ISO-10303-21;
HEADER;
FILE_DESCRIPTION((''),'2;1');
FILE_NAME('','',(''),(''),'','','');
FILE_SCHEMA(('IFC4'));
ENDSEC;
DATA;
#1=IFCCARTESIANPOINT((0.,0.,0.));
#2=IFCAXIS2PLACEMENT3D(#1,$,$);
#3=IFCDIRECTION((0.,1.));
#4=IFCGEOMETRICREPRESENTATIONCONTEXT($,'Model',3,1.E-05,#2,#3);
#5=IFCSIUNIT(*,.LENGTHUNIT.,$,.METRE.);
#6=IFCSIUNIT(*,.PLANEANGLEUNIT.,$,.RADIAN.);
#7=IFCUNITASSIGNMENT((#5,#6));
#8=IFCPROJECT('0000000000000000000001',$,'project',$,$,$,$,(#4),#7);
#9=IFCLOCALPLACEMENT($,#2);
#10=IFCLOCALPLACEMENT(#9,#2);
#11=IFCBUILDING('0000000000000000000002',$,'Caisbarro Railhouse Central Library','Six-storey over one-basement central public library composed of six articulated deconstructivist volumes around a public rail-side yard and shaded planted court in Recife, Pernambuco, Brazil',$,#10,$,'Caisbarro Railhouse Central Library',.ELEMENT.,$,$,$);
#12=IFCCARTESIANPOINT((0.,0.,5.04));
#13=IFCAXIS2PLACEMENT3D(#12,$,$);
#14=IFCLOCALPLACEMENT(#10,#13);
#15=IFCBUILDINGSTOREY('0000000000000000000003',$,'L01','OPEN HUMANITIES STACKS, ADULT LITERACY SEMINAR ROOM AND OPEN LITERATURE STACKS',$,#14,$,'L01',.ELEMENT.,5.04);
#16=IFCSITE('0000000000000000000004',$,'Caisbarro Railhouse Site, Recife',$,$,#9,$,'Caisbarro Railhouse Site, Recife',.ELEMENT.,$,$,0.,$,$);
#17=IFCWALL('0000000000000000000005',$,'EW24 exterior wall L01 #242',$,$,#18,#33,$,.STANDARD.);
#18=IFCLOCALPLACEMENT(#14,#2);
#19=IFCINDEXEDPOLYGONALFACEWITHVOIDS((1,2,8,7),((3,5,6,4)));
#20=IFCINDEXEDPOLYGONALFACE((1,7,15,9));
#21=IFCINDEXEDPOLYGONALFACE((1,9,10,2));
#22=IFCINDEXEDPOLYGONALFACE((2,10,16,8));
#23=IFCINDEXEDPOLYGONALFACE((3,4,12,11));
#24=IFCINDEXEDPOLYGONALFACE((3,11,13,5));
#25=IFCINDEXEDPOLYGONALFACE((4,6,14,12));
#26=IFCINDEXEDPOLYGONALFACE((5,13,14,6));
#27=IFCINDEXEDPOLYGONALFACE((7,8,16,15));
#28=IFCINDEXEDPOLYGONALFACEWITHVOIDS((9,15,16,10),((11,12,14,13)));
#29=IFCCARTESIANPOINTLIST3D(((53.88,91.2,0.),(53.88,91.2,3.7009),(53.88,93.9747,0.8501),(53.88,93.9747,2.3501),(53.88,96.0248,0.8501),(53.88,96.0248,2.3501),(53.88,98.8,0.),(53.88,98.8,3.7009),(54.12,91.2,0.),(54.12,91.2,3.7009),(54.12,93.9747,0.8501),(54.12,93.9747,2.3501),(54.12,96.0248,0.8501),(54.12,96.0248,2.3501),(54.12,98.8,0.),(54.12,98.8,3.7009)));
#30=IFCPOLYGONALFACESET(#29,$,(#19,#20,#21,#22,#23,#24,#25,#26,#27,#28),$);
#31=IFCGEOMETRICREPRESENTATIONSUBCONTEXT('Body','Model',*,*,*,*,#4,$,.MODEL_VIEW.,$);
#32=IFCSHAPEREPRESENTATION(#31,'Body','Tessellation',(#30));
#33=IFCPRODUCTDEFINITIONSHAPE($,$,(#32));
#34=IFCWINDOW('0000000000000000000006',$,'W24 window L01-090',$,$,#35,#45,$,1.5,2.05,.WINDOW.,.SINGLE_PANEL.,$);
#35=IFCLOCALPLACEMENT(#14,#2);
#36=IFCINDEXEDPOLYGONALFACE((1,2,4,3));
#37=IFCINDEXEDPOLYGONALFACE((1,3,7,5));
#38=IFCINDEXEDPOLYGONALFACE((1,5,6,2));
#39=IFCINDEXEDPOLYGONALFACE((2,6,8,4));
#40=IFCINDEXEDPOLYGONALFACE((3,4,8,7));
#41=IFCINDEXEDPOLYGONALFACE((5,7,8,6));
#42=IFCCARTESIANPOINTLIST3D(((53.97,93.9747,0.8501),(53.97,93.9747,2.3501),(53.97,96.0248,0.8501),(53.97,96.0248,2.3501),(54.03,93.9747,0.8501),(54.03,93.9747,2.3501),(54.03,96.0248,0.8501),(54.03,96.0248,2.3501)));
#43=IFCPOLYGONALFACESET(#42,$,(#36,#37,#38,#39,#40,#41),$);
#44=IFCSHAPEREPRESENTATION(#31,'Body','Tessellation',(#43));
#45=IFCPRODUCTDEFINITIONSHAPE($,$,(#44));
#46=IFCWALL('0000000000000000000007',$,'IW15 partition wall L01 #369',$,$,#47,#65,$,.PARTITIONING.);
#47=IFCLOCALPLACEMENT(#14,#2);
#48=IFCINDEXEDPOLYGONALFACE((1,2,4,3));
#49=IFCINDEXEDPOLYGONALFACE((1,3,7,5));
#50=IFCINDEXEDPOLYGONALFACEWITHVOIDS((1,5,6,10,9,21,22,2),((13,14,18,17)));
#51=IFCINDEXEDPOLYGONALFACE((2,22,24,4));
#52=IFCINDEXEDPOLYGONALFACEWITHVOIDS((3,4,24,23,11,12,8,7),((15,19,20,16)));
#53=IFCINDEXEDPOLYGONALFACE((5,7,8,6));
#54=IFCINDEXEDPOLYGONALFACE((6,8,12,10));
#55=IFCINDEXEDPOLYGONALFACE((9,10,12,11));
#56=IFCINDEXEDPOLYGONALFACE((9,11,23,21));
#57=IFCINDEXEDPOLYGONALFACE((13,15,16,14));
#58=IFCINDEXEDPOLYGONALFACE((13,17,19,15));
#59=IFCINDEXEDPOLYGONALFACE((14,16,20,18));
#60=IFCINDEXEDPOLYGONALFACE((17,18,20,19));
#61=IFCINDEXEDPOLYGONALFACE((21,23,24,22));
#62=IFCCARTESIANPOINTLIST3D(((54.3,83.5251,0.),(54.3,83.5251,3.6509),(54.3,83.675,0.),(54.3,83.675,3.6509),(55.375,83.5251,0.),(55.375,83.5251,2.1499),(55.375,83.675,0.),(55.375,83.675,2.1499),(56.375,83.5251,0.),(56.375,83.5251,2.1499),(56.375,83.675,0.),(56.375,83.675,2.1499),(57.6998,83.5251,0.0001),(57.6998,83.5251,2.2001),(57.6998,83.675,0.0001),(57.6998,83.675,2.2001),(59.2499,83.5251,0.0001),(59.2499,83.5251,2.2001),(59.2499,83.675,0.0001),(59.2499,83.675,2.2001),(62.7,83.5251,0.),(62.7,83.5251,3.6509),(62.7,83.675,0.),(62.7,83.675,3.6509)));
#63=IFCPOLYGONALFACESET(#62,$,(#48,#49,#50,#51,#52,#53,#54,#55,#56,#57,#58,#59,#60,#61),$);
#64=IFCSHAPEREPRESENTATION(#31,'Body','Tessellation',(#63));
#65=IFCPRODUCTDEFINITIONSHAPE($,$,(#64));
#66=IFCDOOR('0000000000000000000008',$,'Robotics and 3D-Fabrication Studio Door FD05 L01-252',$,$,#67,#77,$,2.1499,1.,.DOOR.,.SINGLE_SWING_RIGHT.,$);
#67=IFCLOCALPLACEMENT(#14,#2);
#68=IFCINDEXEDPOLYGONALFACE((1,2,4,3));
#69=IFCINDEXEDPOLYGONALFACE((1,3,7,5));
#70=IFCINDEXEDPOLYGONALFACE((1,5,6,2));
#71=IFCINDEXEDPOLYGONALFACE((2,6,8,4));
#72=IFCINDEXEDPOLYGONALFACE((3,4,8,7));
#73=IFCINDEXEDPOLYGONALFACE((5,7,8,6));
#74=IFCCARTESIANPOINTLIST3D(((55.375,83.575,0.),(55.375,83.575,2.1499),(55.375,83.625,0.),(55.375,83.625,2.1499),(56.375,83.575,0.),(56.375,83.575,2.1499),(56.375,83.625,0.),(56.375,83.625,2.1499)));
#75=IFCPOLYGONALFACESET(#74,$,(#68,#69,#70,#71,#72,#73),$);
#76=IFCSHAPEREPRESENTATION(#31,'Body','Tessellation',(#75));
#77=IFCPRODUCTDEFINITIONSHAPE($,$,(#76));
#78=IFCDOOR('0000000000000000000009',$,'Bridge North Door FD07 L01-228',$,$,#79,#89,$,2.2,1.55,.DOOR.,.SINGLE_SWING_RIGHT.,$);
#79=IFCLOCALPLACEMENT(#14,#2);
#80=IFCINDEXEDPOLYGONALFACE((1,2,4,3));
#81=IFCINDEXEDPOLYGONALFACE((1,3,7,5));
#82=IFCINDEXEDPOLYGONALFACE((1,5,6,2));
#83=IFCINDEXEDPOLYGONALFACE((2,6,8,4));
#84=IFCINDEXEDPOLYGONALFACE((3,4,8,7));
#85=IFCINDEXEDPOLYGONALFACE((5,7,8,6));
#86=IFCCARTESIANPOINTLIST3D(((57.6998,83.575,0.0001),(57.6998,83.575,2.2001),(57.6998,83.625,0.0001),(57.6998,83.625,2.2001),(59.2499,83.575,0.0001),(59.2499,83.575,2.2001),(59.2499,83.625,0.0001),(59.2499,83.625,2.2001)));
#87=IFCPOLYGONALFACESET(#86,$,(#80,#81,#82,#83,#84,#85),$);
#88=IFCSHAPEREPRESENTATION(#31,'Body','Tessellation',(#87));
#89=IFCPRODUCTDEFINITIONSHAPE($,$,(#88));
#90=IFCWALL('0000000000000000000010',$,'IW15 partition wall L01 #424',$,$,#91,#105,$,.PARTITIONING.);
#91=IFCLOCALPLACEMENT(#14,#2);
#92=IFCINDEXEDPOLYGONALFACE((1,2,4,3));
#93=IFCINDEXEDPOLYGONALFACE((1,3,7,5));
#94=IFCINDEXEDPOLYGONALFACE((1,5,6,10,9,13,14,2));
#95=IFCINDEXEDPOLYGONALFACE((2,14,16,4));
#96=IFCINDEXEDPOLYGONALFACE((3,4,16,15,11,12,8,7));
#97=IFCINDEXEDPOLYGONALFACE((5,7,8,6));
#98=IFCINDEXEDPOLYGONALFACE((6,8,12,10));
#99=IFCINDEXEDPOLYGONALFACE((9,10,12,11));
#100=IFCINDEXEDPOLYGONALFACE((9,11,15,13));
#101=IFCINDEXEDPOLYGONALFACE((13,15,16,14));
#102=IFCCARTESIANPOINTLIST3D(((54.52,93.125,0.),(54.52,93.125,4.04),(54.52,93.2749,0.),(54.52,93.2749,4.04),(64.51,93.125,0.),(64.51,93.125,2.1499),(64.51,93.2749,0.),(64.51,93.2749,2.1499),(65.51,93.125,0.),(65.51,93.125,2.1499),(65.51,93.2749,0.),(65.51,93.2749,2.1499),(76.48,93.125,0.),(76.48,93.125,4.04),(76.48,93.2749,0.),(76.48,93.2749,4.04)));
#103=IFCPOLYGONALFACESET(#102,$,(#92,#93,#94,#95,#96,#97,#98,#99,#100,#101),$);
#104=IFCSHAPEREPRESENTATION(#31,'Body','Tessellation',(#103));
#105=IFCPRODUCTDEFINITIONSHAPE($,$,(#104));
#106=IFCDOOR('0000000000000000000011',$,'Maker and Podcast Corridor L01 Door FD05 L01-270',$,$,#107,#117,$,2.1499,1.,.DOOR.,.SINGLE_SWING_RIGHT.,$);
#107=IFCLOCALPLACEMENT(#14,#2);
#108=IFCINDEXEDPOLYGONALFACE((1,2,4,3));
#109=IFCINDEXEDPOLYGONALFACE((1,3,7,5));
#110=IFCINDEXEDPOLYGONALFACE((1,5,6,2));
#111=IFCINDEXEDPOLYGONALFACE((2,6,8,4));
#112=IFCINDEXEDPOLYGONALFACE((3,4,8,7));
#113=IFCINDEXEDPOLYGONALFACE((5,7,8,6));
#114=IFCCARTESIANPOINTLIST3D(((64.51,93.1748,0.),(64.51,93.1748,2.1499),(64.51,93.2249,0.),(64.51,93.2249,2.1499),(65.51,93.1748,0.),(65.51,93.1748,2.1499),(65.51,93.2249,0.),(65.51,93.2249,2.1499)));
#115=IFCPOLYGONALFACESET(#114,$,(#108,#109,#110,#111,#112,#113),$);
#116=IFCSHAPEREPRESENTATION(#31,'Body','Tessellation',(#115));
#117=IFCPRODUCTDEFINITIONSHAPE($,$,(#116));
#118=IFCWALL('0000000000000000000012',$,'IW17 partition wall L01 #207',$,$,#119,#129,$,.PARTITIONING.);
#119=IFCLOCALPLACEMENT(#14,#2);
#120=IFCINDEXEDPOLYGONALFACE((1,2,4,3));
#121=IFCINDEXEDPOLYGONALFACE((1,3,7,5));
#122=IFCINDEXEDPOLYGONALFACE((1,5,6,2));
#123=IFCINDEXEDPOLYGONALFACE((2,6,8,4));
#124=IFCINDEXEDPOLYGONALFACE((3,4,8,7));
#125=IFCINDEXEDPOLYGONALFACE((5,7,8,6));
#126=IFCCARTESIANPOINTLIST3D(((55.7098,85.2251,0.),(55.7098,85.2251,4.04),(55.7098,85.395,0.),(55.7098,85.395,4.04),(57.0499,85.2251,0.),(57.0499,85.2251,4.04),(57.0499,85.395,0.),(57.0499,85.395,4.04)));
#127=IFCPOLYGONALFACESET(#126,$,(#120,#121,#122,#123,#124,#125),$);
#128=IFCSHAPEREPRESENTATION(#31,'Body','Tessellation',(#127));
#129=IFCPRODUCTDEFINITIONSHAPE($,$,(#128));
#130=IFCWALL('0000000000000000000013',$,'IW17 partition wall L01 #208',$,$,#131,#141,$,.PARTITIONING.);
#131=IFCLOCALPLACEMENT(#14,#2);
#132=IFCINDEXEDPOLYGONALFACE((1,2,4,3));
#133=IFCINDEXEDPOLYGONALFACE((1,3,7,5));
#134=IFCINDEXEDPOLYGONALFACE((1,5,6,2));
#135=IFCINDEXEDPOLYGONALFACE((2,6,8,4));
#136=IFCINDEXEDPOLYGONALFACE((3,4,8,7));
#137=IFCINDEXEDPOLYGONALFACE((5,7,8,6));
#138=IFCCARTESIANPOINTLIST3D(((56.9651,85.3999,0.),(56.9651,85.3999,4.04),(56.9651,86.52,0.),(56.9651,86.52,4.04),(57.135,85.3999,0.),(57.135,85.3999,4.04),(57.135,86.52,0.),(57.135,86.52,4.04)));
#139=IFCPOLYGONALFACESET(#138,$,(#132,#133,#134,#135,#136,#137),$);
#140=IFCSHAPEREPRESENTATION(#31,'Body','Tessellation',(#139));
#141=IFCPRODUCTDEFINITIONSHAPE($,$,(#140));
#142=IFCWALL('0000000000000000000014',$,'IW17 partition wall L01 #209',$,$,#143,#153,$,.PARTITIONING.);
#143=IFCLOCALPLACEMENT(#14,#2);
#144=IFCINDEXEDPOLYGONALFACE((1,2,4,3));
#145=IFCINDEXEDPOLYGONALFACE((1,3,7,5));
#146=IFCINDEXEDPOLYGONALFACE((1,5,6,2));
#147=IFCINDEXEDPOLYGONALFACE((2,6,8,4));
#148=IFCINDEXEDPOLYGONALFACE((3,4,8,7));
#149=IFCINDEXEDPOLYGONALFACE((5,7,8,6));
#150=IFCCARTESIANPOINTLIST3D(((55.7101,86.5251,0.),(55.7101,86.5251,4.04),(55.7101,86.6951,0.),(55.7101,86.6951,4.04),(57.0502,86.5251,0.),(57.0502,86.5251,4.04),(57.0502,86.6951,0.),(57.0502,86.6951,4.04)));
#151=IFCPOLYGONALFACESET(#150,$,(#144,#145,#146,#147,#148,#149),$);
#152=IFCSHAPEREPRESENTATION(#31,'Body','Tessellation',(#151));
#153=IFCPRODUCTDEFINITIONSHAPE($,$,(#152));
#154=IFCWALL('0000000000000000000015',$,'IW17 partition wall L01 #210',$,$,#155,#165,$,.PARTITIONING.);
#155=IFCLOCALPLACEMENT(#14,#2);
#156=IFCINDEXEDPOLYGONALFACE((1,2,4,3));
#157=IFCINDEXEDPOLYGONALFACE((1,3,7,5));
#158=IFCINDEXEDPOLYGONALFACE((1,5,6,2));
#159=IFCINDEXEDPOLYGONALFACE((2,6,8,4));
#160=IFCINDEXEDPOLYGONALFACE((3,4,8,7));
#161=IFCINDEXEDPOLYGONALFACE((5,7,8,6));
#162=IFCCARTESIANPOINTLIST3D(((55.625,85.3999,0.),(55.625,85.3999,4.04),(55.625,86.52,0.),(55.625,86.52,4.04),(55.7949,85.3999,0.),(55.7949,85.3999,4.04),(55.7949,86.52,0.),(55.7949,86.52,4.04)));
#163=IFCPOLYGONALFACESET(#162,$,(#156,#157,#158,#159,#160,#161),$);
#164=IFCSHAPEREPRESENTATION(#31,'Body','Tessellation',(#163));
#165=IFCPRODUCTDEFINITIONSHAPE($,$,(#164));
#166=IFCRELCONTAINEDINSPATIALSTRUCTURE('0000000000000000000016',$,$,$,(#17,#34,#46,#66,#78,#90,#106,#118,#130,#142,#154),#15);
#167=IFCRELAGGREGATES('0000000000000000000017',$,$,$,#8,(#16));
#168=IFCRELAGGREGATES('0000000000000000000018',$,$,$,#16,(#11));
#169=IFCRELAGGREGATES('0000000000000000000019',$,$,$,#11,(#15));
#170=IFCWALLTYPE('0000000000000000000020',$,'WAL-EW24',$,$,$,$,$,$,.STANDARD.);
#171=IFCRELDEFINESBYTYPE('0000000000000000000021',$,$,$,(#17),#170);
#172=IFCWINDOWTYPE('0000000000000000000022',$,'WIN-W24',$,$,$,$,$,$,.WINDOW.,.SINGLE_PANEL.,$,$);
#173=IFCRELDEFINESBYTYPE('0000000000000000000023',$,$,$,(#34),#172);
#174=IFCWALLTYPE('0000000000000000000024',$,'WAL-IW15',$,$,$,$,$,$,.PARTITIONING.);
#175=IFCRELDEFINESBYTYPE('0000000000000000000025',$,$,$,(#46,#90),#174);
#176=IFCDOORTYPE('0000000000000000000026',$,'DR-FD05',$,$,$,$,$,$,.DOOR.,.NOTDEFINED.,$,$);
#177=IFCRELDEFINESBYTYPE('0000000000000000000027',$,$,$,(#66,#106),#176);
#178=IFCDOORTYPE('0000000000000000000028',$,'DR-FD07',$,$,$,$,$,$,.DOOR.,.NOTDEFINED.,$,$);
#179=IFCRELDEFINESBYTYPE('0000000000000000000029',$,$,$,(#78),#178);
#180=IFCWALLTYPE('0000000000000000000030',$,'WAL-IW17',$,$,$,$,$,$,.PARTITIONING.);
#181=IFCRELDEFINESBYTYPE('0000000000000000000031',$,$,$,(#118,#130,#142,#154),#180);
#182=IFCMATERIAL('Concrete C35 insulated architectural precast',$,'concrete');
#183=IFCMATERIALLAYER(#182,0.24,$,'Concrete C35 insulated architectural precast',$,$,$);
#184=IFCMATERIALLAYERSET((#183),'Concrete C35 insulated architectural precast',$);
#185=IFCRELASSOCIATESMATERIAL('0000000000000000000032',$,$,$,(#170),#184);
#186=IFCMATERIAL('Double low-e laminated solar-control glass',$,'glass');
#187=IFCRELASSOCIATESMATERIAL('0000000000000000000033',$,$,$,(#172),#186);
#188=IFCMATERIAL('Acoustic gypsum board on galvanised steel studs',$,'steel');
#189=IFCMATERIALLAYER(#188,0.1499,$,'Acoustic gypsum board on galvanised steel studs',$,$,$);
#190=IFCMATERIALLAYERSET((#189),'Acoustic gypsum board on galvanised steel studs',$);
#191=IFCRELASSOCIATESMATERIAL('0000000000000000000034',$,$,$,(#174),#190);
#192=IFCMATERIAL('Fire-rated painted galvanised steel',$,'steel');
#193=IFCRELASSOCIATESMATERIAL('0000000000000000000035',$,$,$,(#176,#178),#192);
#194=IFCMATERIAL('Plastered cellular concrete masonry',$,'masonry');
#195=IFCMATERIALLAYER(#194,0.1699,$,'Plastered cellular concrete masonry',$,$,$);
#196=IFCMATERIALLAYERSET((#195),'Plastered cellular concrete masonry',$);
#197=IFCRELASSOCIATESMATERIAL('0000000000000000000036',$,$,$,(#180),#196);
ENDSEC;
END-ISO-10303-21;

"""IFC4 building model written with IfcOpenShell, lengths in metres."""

from ifc_helpers import new_model, si_unit, direction, frame, frame_2d, origin, place, context, subcontext, project, spatial, rectangle, extrude, material, layer, layer_set, type_object, element, fill, save


model = new_model("IFC4")

# Units and contexts
model_context = context("Model", 3, precision=1e-05, world=origin(), true_north=direction((0.0, 1.0)))
body_context = subcontext(model_context, "Body", "Model", "MODEL_VIEW")
ifc_project = project(units=[si_unit("LENGTHUNIT", "METRE"), si_unit("PLANEANGLEUNIT", "RADIAN")], contexts=[model_context])

# Site, building, storey
site_placement = place(None, origin())
site = spatial("IfcSite", under=ifc_project, at=site_placement, Name="Caisbarro Railhouse Site, Recife", LongName="Caisbarro Railhouse Site, Recife", CompositionType="ELEMENT", RefElevation=0.0)
building_placement = place(site_placement, origin())
building = spatial("IfcBuilding", under=site, at=building_placement, Name="Caisbarro Railhouse Central Library", Description="Six-storey over one-basement central public library composed of six articulated deconstructivist volumes around a public rail-side yard and shaded planted court in Recife, Pernambuco, Brazil", LongName="Caisbarro Railhouse Central Library", CompositionType="ELEMENT")
storey_placement = place(building_placement, frame((0.0, 0.0, 5.04)))
storey = spatial("IfcBuildingStorey", under=building, at=storey_placement, Name="L01", Description="OPEN HUMANITIES STACKS, ADULT LITERACY SEMINAR ROOM AND OPEN LITERATURE STACKS", LongName="L01", CompositionType="ELEMENT", Elevation=5.04)

# Wall, opening, window
ifc_material_1 = material(Name="Concrete C35 insulated architectural precast", Category="concrete")
ifc_layer_1 = layer(ifc_material_1, 0.24, Name="Concrete C35 insulated architectural precast")
ifc_layer_set_1 = layer_set([ifc_layer_1], Name="Concrete C35 insulated architectural precast")
wall_type_1 = type_object("IfcWallType", Name="WAL-EW24", PredefinedType="STANDARD", material=ifc_layer_set_1)
wall_1_placement = place(storey_placement, frame((54.0, 91.2, 0.0), z_axis=(0.0, 0.0, 1.0), x_axis=(0.0, 1.0, 0.0)))
wall_1 = element("IfcWall", 1, at=wall_1_placement, inside=storey, type_object=wall_type_1, Name="EW24 exterior wall L01 #242", PredefinedType="STANDARD", context=body_context, shape_type="SweptSolid", body=[
    extrude(rectangle(XDim=7.6001, YDim=0.24, at=frame_2d((3.8, 0.0))), origin(), (0.0, 0.0, 1.0), 3.7009),
])
opening_1_placement = place(wall_1_placement, frame((2.7749, 0.0, 0.8501)))
opening_1 = element("IfcOpeningElement", 2, at=opening_1_placement, cuts=wall_1, PredefinedType="OPENING", context=body_context, shape_type="SweptSolid", body=[
    extrude(rectangle(XDim=2.05, YDim=1.5, at=frame_2d((1.0249, 0.75))), frame((0.0, 0.1299, 0.0), z_axis=(0.0, -1.0, 0.0), x_axis=(1.0, 0.0, 0.0)), (0.0, 0.0, 1.0), 0.26),
])
ifc_material_2 = material(Name="Double low-e laminated solar-control glass", Category="glass")
window_type = type_object("IfcWindowType", Name="WIN-W24", PartitioningType="SINGLE_PANEL", PredefinedType="WINDOW", material=ifc_material_2)
window_placement = place(opening_1_placement, origin())
window = element("IfcWindow", 3, at=window_placement, inside=storey, type_object=window_type, Name="W24 window L01-090", OverallHeight=1.5, OverallWidth=2.05, PartitioningType="SINGLE_PANEL", PredefinedType="WINDOW", context=body_context, shape_type="SweptSolid", body=[
    extrude(rectangle(XDim=2.05, YDim=1.5, at=frame_2d((1.0249, 0.75))), frame((0.0, 0.03, 0.0), z_axis=(0.0, -1.0, 0.0), x_axis=(1.0, 0.0, 0.0)), (0.0, 0.0, 1.0), 0.0601),
])
fill(opening_1, window)

# Wall, openings, doors
ifc_material_3 = material(Name="Acoustic gypsum board on galvanised steel studs", Category="steel")
ifc_layer_2 = layer(ifc_material_3, 0.1499, Name="Acoustic gypsum board on galvanised steel studs")
ifc_layer_set_2 = layer_set([ifc_layer_2], Name="Acoustic gypsum board on galvanised steel studs")
wall_type_2 = type_object("IfcWallType", Name="WAL-IW15", PredefinedType="PARTITIONING", material=ifc_layer_set_2)
wall_2_placement = place(storey_placement, frame((54.3, 83.6001, 0.0), z_axis=(0.0, 0.0, 1.0), x_axis=(1.0, 0.0, 0.0)))
wall_2 = element("IfcWall", 4, at=wall_2_placement, inside=storey, type_object=wall_type_2, Name="IW15 partition wall L01 #369", PredefinedType="PARTITIONING", context=body_context, shape_type="SweptSolid", body=[
    extrude(rectangle(XDim=8.3999, YDim=0.1499, at=frame_2d((4.2, 0.0))), origin(), (0.0, 0.0, 1.0), 3.6509),
])
opening_2_placement = place(wall_2_placement, frame((3.3999, 0.0, 0.0)))
opening_2 = element("IfcOpeningElement", 5, at=opening_2_placement, cuts=wall_2, PredefinedType="OPENING", context=body_context, shape_type="SweptSolid", body=[
    extrude(rectangle(XDim=1.55, YDim=2.2, at=frame_2d((0.7749, 1.1001))), frame((0.0, 0.085, 0.0), z_axis=(0.0, -1.0, 0.0), x_axis=(1.0, 0.0, 0.0)), (0.0, 0.0, 1.0), 0.1699),
])
opening_3_placement = place(wall_2_placement, frame((1.075, 0.0, 0.0)))
opening_3 = element("IfcOpeningElement", 6, at=opening_3_placement, cuts=wall_2, PredefinedType="OPENING", context=body_context, shape_type="SweptSolid", body=[
    extrude(rectangle(XDim=1.0, YDim=2.1499, at=frame_2d((0.5, 1.075))), frame((0.0, 0.085, 0.0), z_axis=(0.0, -1.0, 0.0), x_axis=(1.0, 0.0, 0.0)), (0.0, 0.0, 1.0), 0.1699),
])
ifc_material_4 = material(Name="Fire-rated painted galvanised steel", Category="steel")
door_type_1 = type_object("IfcDoorType", Name="DR-FD05", OperationType="NOTDEFINED", PredefinedType="DOOR", material=ifc_material_4)
door_1_placement = place(opening_3_placement, origin())
door_1 = element("IfcDoor", 7, at=door_1_placement, inside=storey, type_object=door_type_1, Name="Robotics and 3D-Fabrication Studio Door FD05 L01-252", OperationType="SINGLE_SWING_RIGHT", OverallHeight=2.1499, OverallWidth=1.0, PredefinedType="DOOR", context=body_context, shape_type="SweptSolid", body=[
    extrude(rectangle(XDim=1.0, YDim=2.1499, at=frame_2d((0.5, 1.075))), frame((0.0, 0.0249, 0.0), z_axis=(0.0, -1.0, 0.0), x_axis=(1.0, 0.0, 0.0)), (0.0, 0.0, 1.0), 0.05),
])
fill(opening_3, door_1)
door_type_2 = type_object("IfcDoorType", Name="DR-FD07", OperationType="NOTDEFINED", PredefinedType="DOOR", material=ifc_material_4)
door_2_placement = place(opening_2_placement, origin())
door_2 = element("IfcDoor", 8, at=door_2_placement, inside=storey, type_object=door_type_2, Name="Bridge North Door FD07 L01-228", OperationType="SINGLE_SWING_RIGHT", OverallHeight=2.2, OverallWidth=1.55, PredefinedType="DOOR", context=body_context, shape_type="SweptSolid", body=[
    extrude(rectangle(XDim=1.55, YDim=2.2, at=frame_2d((0.7749, 1.1001))), frame((0.0, 0.0249, 0.0), z_axis=(0.0, -1.0, 0.0), x_axis=(1.0, 0.0, 0.0)), (0.0, 0.0, 1.0), 0.05),
])
fill(opening_2, door_2)

# Wall, opening, door
wall_3_placement = place(storey_placement, frame((54.52, 93.2, 0.0), z_axis=(0.0, 0.0, 1.0), x_axis=(1.0, 0.0, 0.0)))
wall_3 = element("IfcWall", 9, at=wall_3_placement, inside=storey, type_object=wall_type_2, Name="IW15 partition wall L01 #424", PredefinedType="PARTITIONING", context=body_context, shape_type="SweptSolid", body=[
    extrude(rectangle(XDim=21.96, YDim=0.1499, at=frame_2d((10.98, 0.0))), origin(), (0.0, 0.0, 1.0), 4.04),
])
opening_4_placement = place(wall_3_placement, frame((9.99, 0.0, 0.0)))
opening_4 = element("IfcOpeningElement", 10, at=opening_4_placement, cuts=wall_3, PredefinedType="OPENING", context=body_context, shape_type="SweptSolid", body=[
    extrude(rectangle(XDim=1.0, YDim=2.1499, at=frame_2d((0.5, 1.075))), frame((0.0, 0.085, 0.0), z_axis=(0.0, -1.0, 0.0), x_axis=(1.0, 0.0, 0.0)), (0.0, 0.0, 1.0), 0.1699),
])
door_3_placement = place(opening_4_placement, origin())
door_3 = element("IfcDoor", 11, at=door_3_placement, inside=storey, type_object=door_type_1, Name="Maker and Podcast Corridor L01 Door FD05 L01-270", OperationType="SINGLE_SWING_RIGHT", OverallHeight=2.1499, OverallWidth=1.0, PredefinedType="DOOR", context=body_context, shape_type="SweptSolid", body=[
    extrude(rectangle(XDim=1.0, YDim=2.1499, at=frame_2d((0.5, 1.075))), frame((0.0, 0.0249, 0.0), z_axis=(0.0, -1.0, 0.0), x_axis=(1.0, 0.0, 0.0)), (0.0, 0.0, 1.0), 0.05),
])
fill(opening_4, door_3)

# Walls
ifc_material_5 = material(Name="Plastered cellular concrete masonry", Category="masonry")
ifc_layer_3 = layer(ifc_material_5, 0.1699, Name="Plastered cellular concrete masonry")
ifc_layer_set_3 = layer_set([ifc_layer_3], Name="Plastered cellular concrete masonry")
wall_type_3 = type_object("IfcWallType", Name="WAL-IW17", PredefinedType="PARTITIONING", material=ifc_layer_set_3)
wall_4_placement = place(storey_placement, frame((55.71, 85.3101, 0.0), z_axis=(0.0, 0.0, 1.0), x_axis=(1.0, 0.0, 0.0)))
element("IfcWall", 12, at=wall_4_placement, inside=storey, type_object=wall_type_3, Name="IW17 partition wall L01 #207", PredefinedType="PARTITIONING", context=body_context, shape_type="SweptSolid", body=[
    extrude(rectangle(XDim=1.3401, YDim=0.1699, at=frame_2d((0.6699, 0.0))), origin(), (0.0, 0.0, 1.0), 4.04),
])
wall_5_placement = place(storey_placement, frame((57.05, 85.3999, 0.0), z_axis=(0.0, 0.0, 1.0), x_axis=(0.0, 1.0, 0.0)))
element("IfcWall", 13, at=wall_5_placement, inside=storey, type_object=wall_type_3, Name="IW17 partition wall L01 #208", PredefinedType="PARTITIONING", context=body_context, shape_type="SweptSolid", body=[
    extrude(rectangle(XDim=1.1201, YDim=0.1699, at=frame_2d((0.5601, 0.0))), origin(), (0.0, 0.0, 1.0), 4.04),
])
wall_6_placement = place(storey_placement, frame((57.05, 86.6101, 0.0), z_axis=(0.0, 0.0, 1.0), x_axis=(-1.0, 0.0, 0.0)))
element("IfcWall", 14, at=wall_6_placement, inside=storey, type_object=wall_type_3, Name="IW17 partition wall L01 #209", PredefinedType="PARTITIONING", context=body_context, shape_type="SweptSolid", body=[
    extrude(rectangle(XDim=1.3401, YDim=0.1699, at=frame_2d((0.6699, 0.0))), origin(), (0.0, 0.0, 1.0), 4.04),
])
wall_7_placement = place(storey_placement, frame((55.71, 86.52, 0.0), z_axis=(0.0, 0.0, 1.0), x_axis=(0.0, -1.0, 0.0)))
element("IfcWall", 15, at=wall_7_placement, inside=storey, type_object=wall_type_3, Name="IW17 partition wall L01 #210", PredefinedType="PARTITIONING", context=body_context, shape_type="SweptSolid", body=[
    extrude(rectangle(XDim=1.1201, YDim=0.1699, at=frame_2d((0.5601, 0.0))), origin(), (0.0, 0.0, 1.0), 4.04),
])

save(model, "model.ifc")
